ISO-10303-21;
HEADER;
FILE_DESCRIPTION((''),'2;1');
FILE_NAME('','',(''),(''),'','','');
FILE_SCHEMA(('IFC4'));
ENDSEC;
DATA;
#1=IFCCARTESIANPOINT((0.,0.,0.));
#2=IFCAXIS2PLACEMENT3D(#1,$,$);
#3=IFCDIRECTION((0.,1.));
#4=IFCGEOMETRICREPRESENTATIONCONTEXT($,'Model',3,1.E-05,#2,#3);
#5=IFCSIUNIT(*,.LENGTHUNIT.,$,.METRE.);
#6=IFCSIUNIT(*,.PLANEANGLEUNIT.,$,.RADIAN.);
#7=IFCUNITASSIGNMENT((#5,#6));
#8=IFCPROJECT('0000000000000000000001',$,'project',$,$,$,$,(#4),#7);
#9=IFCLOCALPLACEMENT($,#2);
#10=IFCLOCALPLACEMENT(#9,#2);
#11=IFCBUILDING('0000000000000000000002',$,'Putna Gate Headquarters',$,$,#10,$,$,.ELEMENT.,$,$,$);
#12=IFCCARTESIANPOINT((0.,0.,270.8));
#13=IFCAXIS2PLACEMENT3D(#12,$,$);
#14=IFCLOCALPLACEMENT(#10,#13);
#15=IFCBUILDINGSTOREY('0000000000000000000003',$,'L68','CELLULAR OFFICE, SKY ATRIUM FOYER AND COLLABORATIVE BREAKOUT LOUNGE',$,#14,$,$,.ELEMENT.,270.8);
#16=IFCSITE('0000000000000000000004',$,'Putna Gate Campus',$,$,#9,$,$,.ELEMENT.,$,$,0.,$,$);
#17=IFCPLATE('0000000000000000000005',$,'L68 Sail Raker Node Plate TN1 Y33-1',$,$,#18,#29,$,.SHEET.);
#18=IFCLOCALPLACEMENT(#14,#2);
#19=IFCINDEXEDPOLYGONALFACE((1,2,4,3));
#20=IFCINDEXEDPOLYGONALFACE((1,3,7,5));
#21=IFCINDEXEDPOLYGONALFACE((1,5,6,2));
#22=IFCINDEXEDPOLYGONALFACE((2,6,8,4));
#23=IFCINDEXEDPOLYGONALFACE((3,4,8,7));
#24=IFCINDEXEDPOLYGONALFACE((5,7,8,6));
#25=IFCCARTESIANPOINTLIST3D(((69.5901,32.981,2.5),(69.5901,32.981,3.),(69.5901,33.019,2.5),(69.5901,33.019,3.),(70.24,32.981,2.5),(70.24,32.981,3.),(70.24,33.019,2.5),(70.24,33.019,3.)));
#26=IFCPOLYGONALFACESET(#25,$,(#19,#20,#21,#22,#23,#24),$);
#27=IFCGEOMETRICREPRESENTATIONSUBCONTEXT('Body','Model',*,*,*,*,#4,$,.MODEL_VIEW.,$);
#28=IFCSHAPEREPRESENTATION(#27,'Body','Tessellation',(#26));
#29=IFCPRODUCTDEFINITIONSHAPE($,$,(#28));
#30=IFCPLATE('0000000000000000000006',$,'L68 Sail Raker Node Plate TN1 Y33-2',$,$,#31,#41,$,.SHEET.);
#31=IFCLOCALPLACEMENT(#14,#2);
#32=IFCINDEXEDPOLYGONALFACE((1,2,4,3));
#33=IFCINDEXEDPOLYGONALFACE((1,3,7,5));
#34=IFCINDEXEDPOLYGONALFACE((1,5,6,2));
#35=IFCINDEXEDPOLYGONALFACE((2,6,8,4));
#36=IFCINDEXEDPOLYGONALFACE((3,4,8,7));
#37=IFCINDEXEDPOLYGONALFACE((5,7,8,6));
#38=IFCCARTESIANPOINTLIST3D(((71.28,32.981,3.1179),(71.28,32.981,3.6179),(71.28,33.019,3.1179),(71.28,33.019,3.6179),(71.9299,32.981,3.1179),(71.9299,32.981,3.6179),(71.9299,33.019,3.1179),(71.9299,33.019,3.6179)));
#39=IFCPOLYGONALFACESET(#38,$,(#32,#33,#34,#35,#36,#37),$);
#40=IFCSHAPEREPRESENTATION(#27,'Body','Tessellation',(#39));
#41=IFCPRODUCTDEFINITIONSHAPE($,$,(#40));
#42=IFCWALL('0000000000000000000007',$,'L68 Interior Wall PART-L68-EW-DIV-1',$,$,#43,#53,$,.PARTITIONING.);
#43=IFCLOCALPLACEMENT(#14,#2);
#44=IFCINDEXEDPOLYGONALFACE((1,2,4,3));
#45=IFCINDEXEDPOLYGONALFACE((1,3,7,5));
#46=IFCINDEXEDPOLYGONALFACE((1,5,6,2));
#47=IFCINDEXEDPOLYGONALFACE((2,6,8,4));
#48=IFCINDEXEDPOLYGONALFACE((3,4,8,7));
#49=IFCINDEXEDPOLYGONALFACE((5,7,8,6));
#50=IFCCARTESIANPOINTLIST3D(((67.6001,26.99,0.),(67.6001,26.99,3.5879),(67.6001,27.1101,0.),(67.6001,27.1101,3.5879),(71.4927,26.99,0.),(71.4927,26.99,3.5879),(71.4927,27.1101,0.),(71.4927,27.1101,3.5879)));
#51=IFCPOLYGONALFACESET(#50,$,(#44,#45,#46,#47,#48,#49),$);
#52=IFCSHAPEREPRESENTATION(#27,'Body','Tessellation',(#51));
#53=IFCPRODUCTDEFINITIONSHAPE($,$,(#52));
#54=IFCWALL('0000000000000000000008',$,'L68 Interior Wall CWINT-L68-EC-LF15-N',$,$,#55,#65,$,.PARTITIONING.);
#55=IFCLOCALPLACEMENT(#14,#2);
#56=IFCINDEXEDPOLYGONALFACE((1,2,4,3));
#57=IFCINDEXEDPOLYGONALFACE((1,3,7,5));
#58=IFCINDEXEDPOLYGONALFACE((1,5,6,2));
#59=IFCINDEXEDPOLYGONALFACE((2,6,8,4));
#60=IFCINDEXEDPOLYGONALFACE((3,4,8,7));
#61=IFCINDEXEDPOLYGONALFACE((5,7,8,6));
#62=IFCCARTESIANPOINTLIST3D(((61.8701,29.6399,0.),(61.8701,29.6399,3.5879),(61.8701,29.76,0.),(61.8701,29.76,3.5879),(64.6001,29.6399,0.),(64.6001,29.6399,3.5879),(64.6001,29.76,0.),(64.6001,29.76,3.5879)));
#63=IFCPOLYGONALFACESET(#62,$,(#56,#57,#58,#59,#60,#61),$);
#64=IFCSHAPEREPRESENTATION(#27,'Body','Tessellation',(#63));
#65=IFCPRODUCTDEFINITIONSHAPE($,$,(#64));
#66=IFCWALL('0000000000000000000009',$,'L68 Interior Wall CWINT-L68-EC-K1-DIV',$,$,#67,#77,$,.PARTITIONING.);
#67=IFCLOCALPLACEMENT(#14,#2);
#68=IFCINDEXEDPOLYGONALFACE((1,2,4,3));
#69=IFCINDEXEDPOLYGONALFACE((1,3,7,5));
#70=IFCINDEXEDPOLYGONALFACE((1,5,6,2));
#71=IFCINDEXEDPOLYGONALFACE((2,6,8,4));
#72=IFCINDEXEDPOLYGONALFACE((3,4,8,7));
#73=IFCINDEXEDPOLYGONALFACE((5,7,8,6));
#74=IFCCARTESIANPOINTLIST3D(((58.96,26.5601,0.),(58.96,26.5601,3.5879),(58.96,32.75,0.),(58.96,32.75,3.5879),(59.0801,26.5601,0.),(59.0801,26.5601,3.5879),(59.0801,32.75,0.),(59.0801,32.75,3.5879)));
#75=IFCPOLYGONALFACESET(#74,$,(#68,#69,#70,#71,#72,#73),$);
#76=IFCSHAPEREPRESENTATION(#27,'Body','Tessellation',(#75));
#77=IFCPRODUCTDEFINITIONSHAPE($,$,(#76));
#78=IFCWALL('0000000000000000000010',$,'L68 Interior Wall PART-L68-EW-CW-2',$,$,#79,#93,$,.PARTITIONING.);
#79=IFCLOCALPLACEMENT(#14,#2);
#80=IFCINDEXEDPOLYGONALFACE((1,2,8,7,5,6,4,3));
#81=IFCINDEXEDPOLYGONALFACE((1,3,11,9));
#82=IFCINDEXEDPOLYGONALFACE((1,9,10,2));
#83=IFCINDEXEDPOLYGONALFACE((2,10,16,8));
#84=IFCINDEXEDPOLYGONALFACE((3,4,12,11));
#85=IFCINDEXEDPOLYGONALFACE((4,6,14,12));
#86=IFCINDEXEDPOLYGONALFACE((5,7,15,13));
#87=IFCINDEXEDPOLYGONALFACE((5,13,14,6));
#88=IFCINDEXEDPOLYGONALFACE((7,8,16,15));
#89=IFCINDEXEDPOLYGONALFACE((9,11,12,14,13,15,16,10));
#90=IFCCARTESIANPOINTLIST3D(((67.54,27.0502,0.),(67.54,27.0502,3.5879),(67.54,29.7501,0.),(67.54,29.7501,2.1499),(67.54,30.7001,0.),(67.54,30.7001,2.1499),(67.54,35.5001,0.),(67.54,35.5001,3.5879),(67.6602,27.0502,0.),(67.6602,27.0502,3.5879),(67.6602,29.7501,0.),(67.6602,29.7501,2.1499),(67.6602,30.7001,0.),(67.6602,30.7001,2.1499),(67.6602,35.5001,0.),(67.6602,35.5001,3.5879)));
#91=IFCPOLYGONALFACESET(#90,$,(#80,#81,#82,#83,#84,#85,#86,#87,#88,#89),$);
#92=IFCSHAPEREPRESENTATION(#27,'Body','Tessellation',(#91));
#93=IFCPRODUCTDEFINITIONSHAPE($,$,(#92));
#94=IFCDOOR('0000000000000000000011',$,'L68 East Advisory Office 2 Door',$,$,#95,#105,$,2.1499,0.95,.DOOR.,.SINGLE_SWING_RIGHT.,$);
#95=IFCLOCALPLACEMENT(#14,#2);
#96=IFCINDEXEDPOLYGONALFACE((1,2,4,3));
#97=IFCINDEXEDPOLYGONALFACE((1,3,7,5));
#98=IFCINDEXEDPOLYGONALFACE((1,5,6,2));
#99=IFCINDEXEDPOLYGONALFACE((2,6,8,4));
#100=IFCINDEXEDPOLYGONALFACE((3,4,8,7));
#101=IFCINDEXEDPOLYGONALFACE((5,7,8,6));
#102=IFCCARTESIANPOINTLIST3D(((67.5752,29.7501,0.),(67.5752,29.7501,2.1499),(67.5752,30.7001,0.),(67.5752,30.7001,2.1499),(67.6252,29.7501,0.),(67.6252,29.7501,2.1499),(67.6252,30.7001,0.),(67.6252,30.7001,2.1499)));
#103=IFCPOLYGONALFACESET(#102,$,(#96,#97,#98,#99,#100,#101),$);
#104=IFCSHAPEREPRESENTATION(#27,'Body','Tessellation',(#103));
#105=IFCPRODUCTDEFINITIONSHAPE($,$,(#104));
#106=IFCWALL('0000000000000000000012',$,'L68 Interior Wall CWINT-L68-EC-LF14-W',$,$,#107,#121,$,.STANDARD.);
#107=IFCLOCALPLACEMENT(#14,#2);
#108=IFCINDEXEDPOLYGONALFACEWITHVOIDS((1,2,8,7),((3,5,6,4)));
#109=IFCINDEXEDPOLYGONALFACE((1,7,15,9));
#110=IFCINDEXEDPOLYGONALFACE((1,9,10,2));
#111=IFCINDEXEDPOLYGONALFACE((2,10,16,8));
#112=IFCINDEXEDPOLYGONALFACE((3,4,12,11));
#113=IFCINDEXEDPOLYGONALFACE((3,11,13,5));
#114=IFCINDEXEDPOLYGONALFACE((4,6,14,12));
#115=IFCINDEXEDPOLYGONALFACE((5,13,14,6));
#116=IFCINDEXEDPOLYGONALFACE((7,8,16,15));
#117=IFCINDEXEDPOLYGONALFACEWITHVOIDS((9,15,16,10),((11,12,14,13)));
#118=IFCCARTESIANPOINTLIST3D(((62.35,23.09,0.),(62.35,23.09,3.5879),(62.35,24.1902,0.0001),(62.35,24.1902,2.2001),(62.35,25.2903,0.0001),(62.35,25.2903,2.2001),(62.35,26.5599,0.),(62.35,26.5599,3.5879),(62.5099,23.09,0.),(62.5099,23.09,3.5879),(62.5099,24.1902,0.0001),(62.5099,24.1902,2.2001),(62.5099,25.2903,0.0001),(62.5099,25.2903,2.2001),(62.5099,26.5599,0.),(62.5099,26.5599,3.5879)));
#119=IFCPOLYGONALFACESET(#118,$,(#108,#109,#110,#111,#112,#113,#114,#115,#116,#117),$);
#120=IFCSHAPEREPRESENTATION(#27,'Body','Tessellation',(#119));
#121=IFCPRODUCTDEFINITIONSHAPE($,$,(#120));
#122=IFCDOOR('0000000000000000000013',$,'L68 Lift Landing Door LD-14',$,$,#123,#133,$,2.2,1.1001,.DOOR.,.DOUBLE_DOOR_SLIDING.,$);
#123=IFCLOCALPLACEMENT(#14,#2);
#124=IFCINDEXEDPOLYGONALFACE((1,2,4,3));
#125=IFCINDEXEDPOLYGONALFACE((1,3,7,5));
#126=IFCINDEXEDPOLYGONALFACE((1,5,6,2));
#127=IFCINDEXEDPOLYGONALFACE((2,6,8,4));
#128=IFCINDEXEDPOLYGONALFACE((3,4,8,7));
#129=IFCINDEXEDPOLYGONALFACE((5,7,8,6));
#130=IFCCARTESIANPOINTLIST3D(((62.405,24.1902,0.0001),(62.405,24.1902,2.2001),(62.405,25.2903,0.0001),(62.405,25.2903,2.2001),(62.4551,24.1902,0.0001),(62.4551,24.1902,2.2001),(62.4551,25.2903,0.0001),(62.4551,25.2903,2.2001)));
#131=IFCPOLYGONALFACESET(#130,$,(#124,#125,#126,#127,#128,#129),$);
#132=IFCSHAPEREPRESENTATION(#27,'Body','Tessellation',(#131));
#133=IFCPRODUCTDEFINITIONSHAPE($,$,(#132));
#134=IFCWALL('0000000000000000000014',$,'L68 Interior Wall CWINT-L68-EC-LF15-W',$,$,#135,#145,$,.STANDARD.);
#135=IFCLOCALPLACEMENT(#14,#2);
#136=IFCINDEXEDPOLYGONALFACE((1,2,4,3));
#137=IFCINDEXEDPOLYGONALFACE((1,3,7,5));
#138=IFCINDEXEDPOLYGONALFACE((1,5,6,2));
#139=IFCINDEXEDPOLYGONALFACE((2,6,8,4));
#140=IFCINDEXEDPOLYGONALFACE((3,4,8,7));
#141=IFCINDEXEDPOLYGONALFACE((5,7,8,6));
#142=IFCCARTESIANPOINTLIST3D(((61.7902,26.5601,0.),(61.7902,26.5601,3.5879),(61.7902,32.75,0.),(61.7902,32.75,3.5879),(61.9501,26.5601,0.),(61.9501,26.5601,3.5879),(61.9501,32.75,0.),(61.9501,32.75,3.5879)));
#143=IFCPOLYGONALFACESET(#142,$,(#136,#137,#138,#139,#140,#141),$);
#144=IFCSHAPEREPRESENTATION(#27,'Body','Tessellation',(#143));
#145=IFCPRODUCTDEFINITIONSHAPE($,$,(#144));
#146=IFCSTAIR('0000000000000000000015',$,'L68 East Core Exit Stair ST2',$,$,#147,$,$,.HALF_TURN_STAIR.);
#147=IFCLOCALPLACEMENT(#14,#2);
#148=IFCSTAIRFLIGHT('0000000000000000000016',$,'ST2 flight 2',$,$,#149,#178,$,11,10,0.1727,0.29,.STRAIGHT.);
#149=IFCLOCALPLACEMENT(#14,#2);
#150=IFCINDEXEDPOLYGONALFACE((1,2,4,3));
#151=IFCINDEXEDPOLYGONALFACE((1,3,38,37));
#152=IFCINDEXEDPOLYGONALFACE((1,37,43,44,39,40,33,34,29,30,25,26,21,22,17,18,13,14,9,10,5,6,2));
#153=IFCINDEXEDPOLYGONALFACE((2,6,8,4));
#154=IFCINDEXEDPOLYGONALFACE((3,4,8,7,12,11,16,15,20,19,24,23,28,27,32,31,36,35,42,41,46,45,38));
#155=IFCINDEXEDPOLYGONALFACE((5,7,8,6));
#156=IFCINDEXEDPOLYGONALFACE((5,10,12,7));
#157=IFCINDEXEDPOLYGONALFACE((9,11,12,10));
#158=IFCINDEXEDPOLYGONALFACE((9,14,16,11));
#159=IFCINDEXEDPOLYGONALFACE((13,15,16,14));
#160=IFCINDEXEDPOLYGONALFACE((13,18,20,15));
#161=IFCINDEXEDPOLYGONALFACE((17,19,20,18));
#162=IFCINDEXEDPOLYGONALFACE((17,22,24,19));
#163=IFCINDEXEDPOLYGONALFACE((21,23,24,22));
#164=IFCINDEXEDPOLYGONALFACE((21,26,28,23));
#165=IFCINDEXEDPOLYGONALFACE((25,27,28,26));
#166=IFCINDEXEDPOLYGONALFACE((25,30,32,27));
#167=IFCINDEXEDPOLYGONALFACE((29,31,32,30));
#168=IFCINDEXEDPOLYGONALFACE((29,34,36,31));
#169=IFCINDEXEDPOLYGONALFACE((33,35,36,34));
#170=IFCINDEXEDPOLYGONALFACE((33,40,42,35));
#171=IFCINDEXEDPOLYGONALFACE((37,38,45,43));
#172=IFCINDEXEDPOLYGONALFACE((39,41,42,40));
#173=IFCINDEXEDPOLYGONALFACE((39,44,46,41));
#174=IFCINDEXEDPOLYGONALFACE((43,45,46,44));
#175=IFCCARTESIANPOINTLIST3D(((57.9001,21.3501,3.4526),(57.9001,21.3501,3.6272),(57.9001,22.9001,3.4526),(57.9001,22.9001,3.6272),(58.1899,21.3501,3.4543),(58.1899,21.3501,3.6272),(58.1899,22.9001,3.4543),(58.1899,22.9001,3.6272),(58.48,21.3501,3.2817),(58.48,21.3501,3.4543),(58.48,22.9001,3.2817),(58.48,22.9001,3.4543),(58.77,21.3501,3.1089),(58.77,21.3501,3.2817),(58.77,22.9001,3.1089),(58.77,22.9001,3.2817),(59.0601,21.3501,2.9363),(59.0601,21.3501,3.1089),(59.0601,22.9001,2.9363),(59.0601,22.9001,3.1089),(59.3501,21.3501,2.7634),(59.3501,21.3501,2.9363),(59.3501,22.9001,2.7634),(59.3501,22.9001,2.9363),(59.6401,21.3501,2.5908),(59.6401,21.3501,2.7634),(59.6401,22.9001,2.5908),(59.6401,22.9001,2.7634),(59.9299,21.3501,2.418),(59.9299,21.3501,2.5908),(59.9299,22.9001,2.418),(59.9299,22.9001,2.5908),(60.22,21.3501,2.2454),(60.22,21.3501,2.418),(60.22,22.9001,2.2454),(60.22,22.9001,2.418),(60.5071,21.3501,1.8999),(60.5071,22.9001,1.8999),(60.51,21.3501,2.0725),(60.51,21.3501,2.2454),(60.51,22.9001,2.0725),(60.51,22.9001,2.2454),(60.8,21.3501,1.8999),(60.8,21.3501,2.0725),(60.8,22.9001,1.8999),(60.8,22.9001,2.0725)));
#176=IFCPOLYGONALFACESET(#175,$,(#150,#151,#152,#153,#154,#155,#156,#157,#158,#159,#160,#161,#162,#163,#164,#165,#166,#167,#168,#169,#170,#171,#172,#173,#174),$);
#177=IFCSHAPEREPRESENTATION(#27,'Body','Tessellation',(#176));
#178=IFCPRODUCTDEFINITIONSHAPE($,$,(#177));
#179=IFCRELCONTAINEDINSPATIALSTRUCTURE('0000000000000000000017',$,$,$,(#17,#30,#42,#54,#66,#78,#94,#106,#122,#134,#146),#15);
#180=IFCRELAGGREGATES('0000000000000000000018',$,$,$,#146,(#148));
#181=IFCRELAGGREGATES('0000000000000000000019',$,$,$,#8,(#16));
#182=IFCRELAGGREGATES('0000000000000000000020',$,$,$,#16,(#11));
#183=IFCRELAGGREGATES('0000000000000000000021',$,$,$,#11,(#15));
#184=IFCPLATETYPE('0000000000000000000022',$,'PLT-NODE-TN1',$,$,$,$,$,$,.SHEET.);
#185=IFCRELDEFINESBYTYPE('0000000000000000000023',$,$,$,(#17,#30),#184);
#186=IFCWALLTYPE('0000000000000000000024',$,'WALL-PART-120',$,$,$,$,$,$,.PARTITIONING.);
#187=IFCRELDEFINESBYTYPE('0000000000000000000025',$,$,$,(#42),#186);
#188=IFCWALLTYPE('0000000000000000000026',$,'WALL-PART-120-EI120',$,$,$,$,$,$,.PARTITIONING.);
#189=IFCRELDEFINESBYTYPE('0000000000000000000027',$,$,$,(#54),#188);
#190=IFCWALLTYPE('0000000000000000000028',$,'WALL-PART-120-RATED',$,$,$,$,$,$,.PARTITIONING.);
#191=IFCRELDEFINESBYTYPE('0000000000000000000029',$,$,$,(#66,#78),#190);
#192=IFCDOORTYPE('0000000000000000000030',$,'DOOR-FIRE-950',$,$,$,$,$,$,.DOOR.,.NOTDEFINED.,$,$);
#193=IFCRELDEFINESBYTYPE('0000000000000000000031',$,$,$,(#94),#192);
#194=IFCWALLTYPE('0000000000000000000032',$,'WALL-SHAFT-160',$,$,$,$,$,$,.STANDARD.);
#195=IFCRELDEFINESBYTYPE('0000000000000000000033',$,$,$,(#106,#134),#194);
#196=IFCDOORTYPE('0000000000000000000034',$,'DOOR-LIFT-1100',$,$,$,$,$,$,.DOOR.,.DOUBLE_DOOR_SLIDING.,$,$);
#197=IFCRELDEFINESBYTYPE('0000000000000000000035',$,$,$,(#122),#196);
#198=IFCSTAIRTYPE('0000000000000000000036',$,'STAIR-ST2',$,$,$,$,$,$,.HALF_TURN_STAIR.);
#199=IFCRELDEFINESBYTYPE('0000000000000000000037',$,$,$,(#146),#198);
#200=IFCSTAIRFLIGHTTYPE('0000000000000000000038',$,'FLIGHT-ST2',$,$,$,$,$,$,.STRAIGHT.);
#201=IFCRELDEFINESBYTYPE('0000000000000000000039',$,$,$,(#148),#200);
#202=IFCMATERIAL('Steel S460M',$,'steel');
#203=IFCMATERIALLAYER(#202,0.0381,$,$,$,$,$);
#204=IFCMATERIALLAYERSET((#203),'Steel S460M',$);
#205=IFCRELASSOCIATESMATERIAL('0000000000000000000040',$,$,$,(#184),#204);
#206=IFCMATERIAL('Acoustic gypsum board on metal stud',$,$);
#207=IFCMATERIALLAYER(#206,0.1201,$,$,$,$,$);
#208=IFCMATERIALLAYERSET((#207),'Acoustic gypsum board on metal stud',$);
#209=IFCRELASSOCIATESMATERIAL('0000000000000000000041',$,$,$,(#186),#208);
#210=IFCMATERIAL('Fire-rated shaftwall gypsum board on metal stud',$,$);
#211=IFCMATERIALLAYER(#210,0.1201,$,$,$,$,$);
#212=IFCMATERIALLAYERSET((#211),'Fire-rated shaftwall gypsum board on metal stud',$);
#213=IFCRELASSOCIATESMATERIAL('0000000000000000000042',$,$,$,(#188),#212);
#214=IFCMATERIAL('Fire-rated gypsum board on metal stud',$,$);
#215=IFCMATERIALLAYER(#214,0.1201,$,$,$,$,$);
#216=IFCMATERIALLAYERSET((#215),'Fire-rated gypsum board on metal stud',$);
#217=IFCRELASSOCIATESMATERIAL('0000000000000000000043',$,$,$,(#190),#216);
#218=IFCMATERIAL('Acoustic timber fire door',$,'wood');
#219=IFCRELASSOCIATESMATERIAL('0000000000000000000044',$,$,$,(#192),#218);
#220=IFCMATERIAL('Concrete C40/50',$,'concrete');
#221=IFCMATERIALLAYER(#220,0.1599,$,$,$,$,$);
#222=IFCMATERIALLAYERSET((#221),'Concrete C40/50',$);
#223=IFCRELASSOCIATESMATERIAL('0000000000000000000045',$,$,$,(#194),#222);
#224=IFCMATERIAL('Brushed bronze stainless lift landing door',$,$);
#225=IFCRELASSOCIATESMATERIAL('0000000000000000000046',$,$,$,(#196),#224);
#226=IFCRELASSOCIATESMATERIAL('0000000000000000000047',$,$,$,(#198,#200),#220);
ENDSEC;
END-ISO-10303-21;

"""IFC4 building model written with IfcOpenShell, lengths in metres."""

from ifc_helpers import new_model, si_unit, direction, frame, frame_2d, origin, origin_2d, place, context, subcontext, project, spatial, polyline, rectangle, outline, extrude, material, layer, layer_set, type_object, element, fill, aggregate, save


model = new_model("IFC4")

# Units and contexts
model_context = context("Model", 3, precision=1e-05, world=origin(), true_north=direction((0.0, 1.0)))
body_context = subcontext(model_context, "Body", "Model", "MODEL_VIEW")
ifc_project = project(units=[si_unit("LENGTHUNIT", "METRE"), si_unit("PLANEANGLEUNIT", "RADIAN")], contexts=[model_context])

# Site, building, storey
site_placement = place(None, origin())
site = spatial("IfcSite", under=ifc_project, at=site_placement, Name="Putna Gate Campus", CompositionType="ELEMENT", RefElevation=0.0)
building_placement = place(site_placement, origin())
building = spatial("IfcBuilding", under=site, at=building_placement, Name="Putna Gate Headquarters", CompositionType="ELEMENT")
storey_placement = place(building_placement, frame((0.0, 0.0, 270.8)))
storey = spatial("IfcBuildingStorey", under=building, at=storey_placement, Name="L68", Description="CELLULAR OFFICE, SKY ATRIUM FOYER AND COLLABORATIVE BREAKOUT LOUNGE", CompositionType="ELEMENT", Elevation=270.8)

# Shared definitions
ifc_material_1 = material(Name="Steel S460M", Category="steel")

# Plates
ifc_layer_1 = layer(ifc_material_1, 0.0381)
ifc_layer_set_1 = layer_set([ifc_layer_1], Name="Steel S460M")
plate_type_1 = type_object("IfcPlateType", Name="PLT-NODE-TN1", PredefinedType="SHEET", material=ifc_layer_set_1)
for number, where, z_axis, x_axis, name in (
    (1, (69.915, 33.0, 2.5), (0.0, 0.0, 1.0), (1.0, 0.0, 0.0), "L68 Sail Raker Node Plate TN1 Y33-1"),
    (2, (71.605, 33.0, 3.1179), (0.0, 0.0, 1.0), (1.0, 0.0, 0.0), "L68 Sail Raker Node Plate TN1 Y33-2"),
):
    element("IfcPlate", number, at=place(storey_placement, frame(where, z_axis=z_axis, x_axis=x_axis)), inside=storey, type_object=plate_type_1, Name=name, PredefinedType="SHEET", context=body_context, shape_type="SweptSolid", body=[
        extrude(rectangle(XDim=0.6499, YDim=0.0381, at=origin_2d()), origin(), (0.0, 0.0, 1.0), 0.5),
    ])

# Walls
ifc_material_2 = material(Name="Acoustic gypsum board on metal stud")
ifc_layer_2 = layer(ifc_material_2, 0.1201)
ifc_layer_set_2 = layer_set([ifc_layer_2], Name="Acoustic gypsum board on metal stud")
wall_type_1 = type_object("IfcWallType", Name="WALL-PART-120", PredefinedType="PARTITIONING", material=ifc_layer_set_2)
wall_1_placement = place(storey_placement, frame((67.6001, 27.05, 0.0), z_axis=(0.0, 0.0, 1.0), x_axis=(1.0, 0.0, 0.0)))
element("IfcWall", 3, at=wall_1_placement, inside=storey, type_object=wall_type_1, Name="L68 Interior Wall PART-L68-EW-DIV-1", PredefinedType="PARTITIONING", context=body_context, shape_type="SweptSolid", body=[
    extrude(rectangle(XDim=3.8926, YDim=0.1201, at=frame_2d((1.9463, 0.0))), origin(), (0.0, 0.0, 1.0), 3.5879),
])
ifc_material_3 = material(Name="Fire-rated shaftwall gypsum board on metal stud")
ifc_layer_3 = layer(ifc_material_3, 0.1201)
ifc_layer_set_3 = layer_set([ifc_layer_3], Name="Fire-rated shaftwall gypsum board on metal stud")
wall_type_2 = type_object("IfcWallType", Name="WALL-PART-120-EI120", PredefinedType="PARTITIONING", material=ifc_layer_set_3)
wall_2_placement = place(storey_placement, frame((61.8701, 29.7, 0.0), z_axis=(0.0, 0.0, 1.0), x_axis=(1.0, 0.0, 0.0)))
element("IfcWall", 4, at=wall_2_placement, inside=storey, type_object=wall_type_2, Name="L68 Interior Wall CWINT-L68-EC-LF15-N", PredefinedType="PARTITIONING", context=body_context, shape_type="SweptSolid", body=[
    extrude(rectangle(XDim=2.73, YDim=0.1201, at=frame_2d((1.365, 0.0))), origin(), (0.0, 0.0, 1.0), 3.5879),
])
ifc_material_4 = material(Name="Fire-rated gypsum board on metal stud")
ifc_layer_4 = layer(ifc_material_4, 0.1201)
ifc_layer_set_4 = layer_set([ifc_layer_4], Name="Fire-rated gypsum board on metal stud")
wall_type_3 = type_object("IfcWallType", Name="WALL-PART-120-RATED", PredefinedType="PARTITIONING", material=ifc_layer_set_4)
wall_3_placement = place(storey_placement, frame((59.02, 26.5601, 0.0), z_axis=(0.0, 0.0, 1.0), x_axis=(0.0, 1.0, 0.0)))
element("IfcWall", 5, at=wall_3_placement, inside=storey, type_object=wall_type_3, Name="L68 Interior Wall CWINT-L68-EC-K1-DIV", PredefinedType="PARTITIONING", context=body_context, shape_type="SweptSolid", body=[
    extrude(rectangle(XDim=6.1899, YDim=0.1201, at=frame_2d((3.095, 0.0))), origin(), (0.0, 0.0, 1.0), 3.5879),
])

# Walls, openings, doors
wall_4_placement = place(storey_placement, frame((67.6001, 27.05, 0.0), z_axis=(0.0, 0.0, 1.0), x_axis=(0.0, 1.0, 0.0)))
wall_4 = element("IfcWall", 6, at=wall_4_placement, inside=storey, type_object=wall_type_3, Name="L68 Interior Wall PART-L68-EW-CW-2", PredefinedType="PARTITIONING", context=body_context, shape_type="SweptSolid", body=[
    extrude(rectangle(XDim=8.45, YDim=0.1201, at=frame_2d((4.2251, 0.0))), origin(), (0.0, 0.0, 1.0), 3.5879),
])
opening_1_placement = place(wall_4_placement, frame((2.7, 0.0, 0.0)))
opening_1 = element("IfcOpeningElement", 7, at=opening_1_placement, cuts=wall_4, PredefinedType="OPENING", context=body_context, shape_type="SweptSolid", body=[
    extrude(rectangle(XDim=0.95, YDim=2.1499, at=frame_2d((0.4751, 1.075))), frame((0.0, 0.0701, 0.0), z_axis=(0.0, -1.0, 0.0), x_axis=(1.0, 0.0, 0.0)), (0.0, 0.0, 1.0), 0.1401),
])
ifc_material_5 = material(Name="Acoustic timber fire door", Category="wood")
door_type_1 = type_object("IfcDoorType", Name="DOOR-FIRE-950", OperationType="NOTDEFINED", PredefinedType="DOOR", material=ifc_material_5)
door_1_placement = place(opening_1_placement, origin())
door_1 = element("IfcDoor", 8, at=door_1_placement, inside=storey, type_object=door_type_1, Name="L68 East Advisory Office 2 Door", OperationType="SINGLE_SWING_RIGHT", OverallHeight=2.1499, OverallWidth=0.95, PredefinedType="DOOR", context=body_context, shape_type="SweptSolid", body=[
    extrude(rectangle(XDim=0.95, YDim=2.1499, at=frame_2d((0.4751, 1.075))), frame((0.0, 0.0249, 0.0), z_axis=(0.0, -1.0, 0.0), x_axis=(1.0, 0.0, 0.0)), (0.0, 0.0, 1.0), 0.05),
])
fill(opening_1, door_1)
ifc_material_6 = material(Name="Concrete C40/50", Category="concrete")
ifc_layer_5 = layer(ifc_material_6, 0.1599)
ifc_layer_set_5 = layer_set([ifc_layer_5], Name="Concrete C40/50")
wall_type_4 = type_object("IfcWallType", Name="WALL-SHAFT-160", PredefinedType="STANDARD", material=ifc_layer_set_5)
wall_5_placement = place(storey_placement, frame((62.4299, 23.0901, 0.0), z_axis=(0.0, 0.0, 1.0), x_axis=(0.0, 1.0, 0.0)))
wall_5 = element("IfcWall", 9, at=wall_5_placement, inside=storey, type_object=wall_type_4, Name="L68 Interior Wall CWINT-L68-EC-LF14-W", PredefinedType="STANDARD", context=body_context, shape_type="SweptSolid", body=[
    extrude(rectangle(XDim=3.47, YDim=0.1599, at=frame_2d((1.7349, 0.0))), origin(), (0.0, 0.0, 1.0), 3.5879),
])
opening_2_placement = place(wall_5_placement, frame((1.1001, 0.0, 0.0)))
opening_2 = element("IfcOpeningElement", 10, at=opening_2_placement, cuts=wall_5, PredefinedType="OPENING", context=body_context, shape_type="SweptSolid", body=[
    extrude(rectangle(XDim=1.1001, YDim=2.2, at=frame_2d((0.55, 1.1001))), frame((0.0, 0.0898, 0.0), z_axis=(0.0, -1.0, 0.0), x_axis=(1.0, 0.0, 0.0)), (0.0, 0.0, 1.0), 0.1799),
])
ifc_material_7 = material(Name="Brushed bronze stainless lift landing door")
door_type_2 = type_object("IfcDoorType", Name="DOOR-LIFT-1100", OperationType="DOUBLE_DOOR_SLIDING", PredefinedType="DOOR", material=ifc_material_7)
door_2_placement = place(opening_2_placement, origin())
door_2 = element("IfcDoor", 11, at=door_2_placement, inside=storey, type_object=door_type_2, Name="L68 Lift Landing Door LD-14", OperationType="DOUBLE_DOOR_SLIDING", OverallHeight=2.2, OverallWidth=1.1001, PredefinedType="DOOR", context=body_context, shape_type="SweptSolid", body=[
    extrude(rectangle(XDim=1.1001, YDim=2.2, at=frame_2d((0.55, 1.1001))), frame((0.0, 0.0249, 0.0), z_axis=(0.0, -1.0, 0.0), x_axis=(1.0, 0.0, 0.0)), (0.0, 0.0, 1.0), 0.05),
])
fill(opening_2, door_2)

# Wall
wall_6_placement = place(storey_placement, frame((61.8701, 26.5601, 0.0), z_axis=(0.0, 0.0, 1.0), x_axis=(0.0, 1.0, 0.0)))
element("IfcWall", 12, at=wall_6_placement, inside=storey, type_object=wall_type_4, Name="L68 Interior Wall CWINT-L68-EC-LF15-W", PredefinedType="STANDARD", context=body_context, shape_type="SweptSolid", body=[
    extrude(rectangle(XDim=6.1899, YDim=0.1599, at=frame_2d((3.095, 0.0))), origin(), (0.0, 0.0, 1.0), 3.5879),
])

# Stair, stair flight
stair_type = type_object("IfcStairType", Name="STAIR-ST2", PredefinedType="HALF_TURN_STAIR", material=ifc_material_6)
stair_placement = place(storey_placement, origin())
stair = element("IfcStair", 13, at=stair_placement, inside=storey, type_object=stair_type, Name="L68 East Core Exit Stair ST2", PredefinedType="HALF_TURN_STAIR")
stair_flight_type = type_object("IfcStairFlightType", Name="FLIGHT-ST2", PredefinedType="STRAIGHT", material=ifc_material_6)
stair_flight_placement = place(storey_placement, frame((60.8, 22.125, 1.8999), z_axis=(0.0, 0.0, 1.0), x_axis=(-1.0, 0.0, 0.0)))
stair_flight = element("IfcStairFlight", 14, at=stair_flight_placement, type_object=stair_flight_type, Name="ST2 flight 2", NumberOfRisers=11, NumberOfTreads=10, PredefinedType="STRAIGHT", RiserHeight=0.1727, TreadLength=0.29, context=body_context, shape_type="SweptSolid", body=[
    extrude(outline(polyline([(0.0, 0.0), (0.0, 0.1726), (0.29, 0.1726), (0.29, 0.3455), (0.5801, 0.3455), (0.5801, 0.5181), (0.8701, 0.5181), (0.8701, 0.6909), (1.1599, 0.6909), (1.1599, 0.8635), (1.45, 0.8635), (1.45, 1.0364), (1.74, 1.0364), (1.74, 1.209), (2.03, 1.209), (2.03, 1.3818), (2.3201, 1.3818), (2.3201, 1.5544), (2.6101, 1.5544), (2.6101, 1.7273), (2.8999, 1.7273), (2.8999, 1.8999), (2.8999, 1.5527), (0.293, 0.0), (0.0, 0.0)])), frame((0.0, 0.7749, 0.0), z_axis=(0.0, -1.0, 0.0), x_axis=(1.0, 0.0, 0.0)), (0.0, 0.0, 1.0), 1.55),
])
aggregate(stair, [stair_flight])

save(model, "model.ifc")
